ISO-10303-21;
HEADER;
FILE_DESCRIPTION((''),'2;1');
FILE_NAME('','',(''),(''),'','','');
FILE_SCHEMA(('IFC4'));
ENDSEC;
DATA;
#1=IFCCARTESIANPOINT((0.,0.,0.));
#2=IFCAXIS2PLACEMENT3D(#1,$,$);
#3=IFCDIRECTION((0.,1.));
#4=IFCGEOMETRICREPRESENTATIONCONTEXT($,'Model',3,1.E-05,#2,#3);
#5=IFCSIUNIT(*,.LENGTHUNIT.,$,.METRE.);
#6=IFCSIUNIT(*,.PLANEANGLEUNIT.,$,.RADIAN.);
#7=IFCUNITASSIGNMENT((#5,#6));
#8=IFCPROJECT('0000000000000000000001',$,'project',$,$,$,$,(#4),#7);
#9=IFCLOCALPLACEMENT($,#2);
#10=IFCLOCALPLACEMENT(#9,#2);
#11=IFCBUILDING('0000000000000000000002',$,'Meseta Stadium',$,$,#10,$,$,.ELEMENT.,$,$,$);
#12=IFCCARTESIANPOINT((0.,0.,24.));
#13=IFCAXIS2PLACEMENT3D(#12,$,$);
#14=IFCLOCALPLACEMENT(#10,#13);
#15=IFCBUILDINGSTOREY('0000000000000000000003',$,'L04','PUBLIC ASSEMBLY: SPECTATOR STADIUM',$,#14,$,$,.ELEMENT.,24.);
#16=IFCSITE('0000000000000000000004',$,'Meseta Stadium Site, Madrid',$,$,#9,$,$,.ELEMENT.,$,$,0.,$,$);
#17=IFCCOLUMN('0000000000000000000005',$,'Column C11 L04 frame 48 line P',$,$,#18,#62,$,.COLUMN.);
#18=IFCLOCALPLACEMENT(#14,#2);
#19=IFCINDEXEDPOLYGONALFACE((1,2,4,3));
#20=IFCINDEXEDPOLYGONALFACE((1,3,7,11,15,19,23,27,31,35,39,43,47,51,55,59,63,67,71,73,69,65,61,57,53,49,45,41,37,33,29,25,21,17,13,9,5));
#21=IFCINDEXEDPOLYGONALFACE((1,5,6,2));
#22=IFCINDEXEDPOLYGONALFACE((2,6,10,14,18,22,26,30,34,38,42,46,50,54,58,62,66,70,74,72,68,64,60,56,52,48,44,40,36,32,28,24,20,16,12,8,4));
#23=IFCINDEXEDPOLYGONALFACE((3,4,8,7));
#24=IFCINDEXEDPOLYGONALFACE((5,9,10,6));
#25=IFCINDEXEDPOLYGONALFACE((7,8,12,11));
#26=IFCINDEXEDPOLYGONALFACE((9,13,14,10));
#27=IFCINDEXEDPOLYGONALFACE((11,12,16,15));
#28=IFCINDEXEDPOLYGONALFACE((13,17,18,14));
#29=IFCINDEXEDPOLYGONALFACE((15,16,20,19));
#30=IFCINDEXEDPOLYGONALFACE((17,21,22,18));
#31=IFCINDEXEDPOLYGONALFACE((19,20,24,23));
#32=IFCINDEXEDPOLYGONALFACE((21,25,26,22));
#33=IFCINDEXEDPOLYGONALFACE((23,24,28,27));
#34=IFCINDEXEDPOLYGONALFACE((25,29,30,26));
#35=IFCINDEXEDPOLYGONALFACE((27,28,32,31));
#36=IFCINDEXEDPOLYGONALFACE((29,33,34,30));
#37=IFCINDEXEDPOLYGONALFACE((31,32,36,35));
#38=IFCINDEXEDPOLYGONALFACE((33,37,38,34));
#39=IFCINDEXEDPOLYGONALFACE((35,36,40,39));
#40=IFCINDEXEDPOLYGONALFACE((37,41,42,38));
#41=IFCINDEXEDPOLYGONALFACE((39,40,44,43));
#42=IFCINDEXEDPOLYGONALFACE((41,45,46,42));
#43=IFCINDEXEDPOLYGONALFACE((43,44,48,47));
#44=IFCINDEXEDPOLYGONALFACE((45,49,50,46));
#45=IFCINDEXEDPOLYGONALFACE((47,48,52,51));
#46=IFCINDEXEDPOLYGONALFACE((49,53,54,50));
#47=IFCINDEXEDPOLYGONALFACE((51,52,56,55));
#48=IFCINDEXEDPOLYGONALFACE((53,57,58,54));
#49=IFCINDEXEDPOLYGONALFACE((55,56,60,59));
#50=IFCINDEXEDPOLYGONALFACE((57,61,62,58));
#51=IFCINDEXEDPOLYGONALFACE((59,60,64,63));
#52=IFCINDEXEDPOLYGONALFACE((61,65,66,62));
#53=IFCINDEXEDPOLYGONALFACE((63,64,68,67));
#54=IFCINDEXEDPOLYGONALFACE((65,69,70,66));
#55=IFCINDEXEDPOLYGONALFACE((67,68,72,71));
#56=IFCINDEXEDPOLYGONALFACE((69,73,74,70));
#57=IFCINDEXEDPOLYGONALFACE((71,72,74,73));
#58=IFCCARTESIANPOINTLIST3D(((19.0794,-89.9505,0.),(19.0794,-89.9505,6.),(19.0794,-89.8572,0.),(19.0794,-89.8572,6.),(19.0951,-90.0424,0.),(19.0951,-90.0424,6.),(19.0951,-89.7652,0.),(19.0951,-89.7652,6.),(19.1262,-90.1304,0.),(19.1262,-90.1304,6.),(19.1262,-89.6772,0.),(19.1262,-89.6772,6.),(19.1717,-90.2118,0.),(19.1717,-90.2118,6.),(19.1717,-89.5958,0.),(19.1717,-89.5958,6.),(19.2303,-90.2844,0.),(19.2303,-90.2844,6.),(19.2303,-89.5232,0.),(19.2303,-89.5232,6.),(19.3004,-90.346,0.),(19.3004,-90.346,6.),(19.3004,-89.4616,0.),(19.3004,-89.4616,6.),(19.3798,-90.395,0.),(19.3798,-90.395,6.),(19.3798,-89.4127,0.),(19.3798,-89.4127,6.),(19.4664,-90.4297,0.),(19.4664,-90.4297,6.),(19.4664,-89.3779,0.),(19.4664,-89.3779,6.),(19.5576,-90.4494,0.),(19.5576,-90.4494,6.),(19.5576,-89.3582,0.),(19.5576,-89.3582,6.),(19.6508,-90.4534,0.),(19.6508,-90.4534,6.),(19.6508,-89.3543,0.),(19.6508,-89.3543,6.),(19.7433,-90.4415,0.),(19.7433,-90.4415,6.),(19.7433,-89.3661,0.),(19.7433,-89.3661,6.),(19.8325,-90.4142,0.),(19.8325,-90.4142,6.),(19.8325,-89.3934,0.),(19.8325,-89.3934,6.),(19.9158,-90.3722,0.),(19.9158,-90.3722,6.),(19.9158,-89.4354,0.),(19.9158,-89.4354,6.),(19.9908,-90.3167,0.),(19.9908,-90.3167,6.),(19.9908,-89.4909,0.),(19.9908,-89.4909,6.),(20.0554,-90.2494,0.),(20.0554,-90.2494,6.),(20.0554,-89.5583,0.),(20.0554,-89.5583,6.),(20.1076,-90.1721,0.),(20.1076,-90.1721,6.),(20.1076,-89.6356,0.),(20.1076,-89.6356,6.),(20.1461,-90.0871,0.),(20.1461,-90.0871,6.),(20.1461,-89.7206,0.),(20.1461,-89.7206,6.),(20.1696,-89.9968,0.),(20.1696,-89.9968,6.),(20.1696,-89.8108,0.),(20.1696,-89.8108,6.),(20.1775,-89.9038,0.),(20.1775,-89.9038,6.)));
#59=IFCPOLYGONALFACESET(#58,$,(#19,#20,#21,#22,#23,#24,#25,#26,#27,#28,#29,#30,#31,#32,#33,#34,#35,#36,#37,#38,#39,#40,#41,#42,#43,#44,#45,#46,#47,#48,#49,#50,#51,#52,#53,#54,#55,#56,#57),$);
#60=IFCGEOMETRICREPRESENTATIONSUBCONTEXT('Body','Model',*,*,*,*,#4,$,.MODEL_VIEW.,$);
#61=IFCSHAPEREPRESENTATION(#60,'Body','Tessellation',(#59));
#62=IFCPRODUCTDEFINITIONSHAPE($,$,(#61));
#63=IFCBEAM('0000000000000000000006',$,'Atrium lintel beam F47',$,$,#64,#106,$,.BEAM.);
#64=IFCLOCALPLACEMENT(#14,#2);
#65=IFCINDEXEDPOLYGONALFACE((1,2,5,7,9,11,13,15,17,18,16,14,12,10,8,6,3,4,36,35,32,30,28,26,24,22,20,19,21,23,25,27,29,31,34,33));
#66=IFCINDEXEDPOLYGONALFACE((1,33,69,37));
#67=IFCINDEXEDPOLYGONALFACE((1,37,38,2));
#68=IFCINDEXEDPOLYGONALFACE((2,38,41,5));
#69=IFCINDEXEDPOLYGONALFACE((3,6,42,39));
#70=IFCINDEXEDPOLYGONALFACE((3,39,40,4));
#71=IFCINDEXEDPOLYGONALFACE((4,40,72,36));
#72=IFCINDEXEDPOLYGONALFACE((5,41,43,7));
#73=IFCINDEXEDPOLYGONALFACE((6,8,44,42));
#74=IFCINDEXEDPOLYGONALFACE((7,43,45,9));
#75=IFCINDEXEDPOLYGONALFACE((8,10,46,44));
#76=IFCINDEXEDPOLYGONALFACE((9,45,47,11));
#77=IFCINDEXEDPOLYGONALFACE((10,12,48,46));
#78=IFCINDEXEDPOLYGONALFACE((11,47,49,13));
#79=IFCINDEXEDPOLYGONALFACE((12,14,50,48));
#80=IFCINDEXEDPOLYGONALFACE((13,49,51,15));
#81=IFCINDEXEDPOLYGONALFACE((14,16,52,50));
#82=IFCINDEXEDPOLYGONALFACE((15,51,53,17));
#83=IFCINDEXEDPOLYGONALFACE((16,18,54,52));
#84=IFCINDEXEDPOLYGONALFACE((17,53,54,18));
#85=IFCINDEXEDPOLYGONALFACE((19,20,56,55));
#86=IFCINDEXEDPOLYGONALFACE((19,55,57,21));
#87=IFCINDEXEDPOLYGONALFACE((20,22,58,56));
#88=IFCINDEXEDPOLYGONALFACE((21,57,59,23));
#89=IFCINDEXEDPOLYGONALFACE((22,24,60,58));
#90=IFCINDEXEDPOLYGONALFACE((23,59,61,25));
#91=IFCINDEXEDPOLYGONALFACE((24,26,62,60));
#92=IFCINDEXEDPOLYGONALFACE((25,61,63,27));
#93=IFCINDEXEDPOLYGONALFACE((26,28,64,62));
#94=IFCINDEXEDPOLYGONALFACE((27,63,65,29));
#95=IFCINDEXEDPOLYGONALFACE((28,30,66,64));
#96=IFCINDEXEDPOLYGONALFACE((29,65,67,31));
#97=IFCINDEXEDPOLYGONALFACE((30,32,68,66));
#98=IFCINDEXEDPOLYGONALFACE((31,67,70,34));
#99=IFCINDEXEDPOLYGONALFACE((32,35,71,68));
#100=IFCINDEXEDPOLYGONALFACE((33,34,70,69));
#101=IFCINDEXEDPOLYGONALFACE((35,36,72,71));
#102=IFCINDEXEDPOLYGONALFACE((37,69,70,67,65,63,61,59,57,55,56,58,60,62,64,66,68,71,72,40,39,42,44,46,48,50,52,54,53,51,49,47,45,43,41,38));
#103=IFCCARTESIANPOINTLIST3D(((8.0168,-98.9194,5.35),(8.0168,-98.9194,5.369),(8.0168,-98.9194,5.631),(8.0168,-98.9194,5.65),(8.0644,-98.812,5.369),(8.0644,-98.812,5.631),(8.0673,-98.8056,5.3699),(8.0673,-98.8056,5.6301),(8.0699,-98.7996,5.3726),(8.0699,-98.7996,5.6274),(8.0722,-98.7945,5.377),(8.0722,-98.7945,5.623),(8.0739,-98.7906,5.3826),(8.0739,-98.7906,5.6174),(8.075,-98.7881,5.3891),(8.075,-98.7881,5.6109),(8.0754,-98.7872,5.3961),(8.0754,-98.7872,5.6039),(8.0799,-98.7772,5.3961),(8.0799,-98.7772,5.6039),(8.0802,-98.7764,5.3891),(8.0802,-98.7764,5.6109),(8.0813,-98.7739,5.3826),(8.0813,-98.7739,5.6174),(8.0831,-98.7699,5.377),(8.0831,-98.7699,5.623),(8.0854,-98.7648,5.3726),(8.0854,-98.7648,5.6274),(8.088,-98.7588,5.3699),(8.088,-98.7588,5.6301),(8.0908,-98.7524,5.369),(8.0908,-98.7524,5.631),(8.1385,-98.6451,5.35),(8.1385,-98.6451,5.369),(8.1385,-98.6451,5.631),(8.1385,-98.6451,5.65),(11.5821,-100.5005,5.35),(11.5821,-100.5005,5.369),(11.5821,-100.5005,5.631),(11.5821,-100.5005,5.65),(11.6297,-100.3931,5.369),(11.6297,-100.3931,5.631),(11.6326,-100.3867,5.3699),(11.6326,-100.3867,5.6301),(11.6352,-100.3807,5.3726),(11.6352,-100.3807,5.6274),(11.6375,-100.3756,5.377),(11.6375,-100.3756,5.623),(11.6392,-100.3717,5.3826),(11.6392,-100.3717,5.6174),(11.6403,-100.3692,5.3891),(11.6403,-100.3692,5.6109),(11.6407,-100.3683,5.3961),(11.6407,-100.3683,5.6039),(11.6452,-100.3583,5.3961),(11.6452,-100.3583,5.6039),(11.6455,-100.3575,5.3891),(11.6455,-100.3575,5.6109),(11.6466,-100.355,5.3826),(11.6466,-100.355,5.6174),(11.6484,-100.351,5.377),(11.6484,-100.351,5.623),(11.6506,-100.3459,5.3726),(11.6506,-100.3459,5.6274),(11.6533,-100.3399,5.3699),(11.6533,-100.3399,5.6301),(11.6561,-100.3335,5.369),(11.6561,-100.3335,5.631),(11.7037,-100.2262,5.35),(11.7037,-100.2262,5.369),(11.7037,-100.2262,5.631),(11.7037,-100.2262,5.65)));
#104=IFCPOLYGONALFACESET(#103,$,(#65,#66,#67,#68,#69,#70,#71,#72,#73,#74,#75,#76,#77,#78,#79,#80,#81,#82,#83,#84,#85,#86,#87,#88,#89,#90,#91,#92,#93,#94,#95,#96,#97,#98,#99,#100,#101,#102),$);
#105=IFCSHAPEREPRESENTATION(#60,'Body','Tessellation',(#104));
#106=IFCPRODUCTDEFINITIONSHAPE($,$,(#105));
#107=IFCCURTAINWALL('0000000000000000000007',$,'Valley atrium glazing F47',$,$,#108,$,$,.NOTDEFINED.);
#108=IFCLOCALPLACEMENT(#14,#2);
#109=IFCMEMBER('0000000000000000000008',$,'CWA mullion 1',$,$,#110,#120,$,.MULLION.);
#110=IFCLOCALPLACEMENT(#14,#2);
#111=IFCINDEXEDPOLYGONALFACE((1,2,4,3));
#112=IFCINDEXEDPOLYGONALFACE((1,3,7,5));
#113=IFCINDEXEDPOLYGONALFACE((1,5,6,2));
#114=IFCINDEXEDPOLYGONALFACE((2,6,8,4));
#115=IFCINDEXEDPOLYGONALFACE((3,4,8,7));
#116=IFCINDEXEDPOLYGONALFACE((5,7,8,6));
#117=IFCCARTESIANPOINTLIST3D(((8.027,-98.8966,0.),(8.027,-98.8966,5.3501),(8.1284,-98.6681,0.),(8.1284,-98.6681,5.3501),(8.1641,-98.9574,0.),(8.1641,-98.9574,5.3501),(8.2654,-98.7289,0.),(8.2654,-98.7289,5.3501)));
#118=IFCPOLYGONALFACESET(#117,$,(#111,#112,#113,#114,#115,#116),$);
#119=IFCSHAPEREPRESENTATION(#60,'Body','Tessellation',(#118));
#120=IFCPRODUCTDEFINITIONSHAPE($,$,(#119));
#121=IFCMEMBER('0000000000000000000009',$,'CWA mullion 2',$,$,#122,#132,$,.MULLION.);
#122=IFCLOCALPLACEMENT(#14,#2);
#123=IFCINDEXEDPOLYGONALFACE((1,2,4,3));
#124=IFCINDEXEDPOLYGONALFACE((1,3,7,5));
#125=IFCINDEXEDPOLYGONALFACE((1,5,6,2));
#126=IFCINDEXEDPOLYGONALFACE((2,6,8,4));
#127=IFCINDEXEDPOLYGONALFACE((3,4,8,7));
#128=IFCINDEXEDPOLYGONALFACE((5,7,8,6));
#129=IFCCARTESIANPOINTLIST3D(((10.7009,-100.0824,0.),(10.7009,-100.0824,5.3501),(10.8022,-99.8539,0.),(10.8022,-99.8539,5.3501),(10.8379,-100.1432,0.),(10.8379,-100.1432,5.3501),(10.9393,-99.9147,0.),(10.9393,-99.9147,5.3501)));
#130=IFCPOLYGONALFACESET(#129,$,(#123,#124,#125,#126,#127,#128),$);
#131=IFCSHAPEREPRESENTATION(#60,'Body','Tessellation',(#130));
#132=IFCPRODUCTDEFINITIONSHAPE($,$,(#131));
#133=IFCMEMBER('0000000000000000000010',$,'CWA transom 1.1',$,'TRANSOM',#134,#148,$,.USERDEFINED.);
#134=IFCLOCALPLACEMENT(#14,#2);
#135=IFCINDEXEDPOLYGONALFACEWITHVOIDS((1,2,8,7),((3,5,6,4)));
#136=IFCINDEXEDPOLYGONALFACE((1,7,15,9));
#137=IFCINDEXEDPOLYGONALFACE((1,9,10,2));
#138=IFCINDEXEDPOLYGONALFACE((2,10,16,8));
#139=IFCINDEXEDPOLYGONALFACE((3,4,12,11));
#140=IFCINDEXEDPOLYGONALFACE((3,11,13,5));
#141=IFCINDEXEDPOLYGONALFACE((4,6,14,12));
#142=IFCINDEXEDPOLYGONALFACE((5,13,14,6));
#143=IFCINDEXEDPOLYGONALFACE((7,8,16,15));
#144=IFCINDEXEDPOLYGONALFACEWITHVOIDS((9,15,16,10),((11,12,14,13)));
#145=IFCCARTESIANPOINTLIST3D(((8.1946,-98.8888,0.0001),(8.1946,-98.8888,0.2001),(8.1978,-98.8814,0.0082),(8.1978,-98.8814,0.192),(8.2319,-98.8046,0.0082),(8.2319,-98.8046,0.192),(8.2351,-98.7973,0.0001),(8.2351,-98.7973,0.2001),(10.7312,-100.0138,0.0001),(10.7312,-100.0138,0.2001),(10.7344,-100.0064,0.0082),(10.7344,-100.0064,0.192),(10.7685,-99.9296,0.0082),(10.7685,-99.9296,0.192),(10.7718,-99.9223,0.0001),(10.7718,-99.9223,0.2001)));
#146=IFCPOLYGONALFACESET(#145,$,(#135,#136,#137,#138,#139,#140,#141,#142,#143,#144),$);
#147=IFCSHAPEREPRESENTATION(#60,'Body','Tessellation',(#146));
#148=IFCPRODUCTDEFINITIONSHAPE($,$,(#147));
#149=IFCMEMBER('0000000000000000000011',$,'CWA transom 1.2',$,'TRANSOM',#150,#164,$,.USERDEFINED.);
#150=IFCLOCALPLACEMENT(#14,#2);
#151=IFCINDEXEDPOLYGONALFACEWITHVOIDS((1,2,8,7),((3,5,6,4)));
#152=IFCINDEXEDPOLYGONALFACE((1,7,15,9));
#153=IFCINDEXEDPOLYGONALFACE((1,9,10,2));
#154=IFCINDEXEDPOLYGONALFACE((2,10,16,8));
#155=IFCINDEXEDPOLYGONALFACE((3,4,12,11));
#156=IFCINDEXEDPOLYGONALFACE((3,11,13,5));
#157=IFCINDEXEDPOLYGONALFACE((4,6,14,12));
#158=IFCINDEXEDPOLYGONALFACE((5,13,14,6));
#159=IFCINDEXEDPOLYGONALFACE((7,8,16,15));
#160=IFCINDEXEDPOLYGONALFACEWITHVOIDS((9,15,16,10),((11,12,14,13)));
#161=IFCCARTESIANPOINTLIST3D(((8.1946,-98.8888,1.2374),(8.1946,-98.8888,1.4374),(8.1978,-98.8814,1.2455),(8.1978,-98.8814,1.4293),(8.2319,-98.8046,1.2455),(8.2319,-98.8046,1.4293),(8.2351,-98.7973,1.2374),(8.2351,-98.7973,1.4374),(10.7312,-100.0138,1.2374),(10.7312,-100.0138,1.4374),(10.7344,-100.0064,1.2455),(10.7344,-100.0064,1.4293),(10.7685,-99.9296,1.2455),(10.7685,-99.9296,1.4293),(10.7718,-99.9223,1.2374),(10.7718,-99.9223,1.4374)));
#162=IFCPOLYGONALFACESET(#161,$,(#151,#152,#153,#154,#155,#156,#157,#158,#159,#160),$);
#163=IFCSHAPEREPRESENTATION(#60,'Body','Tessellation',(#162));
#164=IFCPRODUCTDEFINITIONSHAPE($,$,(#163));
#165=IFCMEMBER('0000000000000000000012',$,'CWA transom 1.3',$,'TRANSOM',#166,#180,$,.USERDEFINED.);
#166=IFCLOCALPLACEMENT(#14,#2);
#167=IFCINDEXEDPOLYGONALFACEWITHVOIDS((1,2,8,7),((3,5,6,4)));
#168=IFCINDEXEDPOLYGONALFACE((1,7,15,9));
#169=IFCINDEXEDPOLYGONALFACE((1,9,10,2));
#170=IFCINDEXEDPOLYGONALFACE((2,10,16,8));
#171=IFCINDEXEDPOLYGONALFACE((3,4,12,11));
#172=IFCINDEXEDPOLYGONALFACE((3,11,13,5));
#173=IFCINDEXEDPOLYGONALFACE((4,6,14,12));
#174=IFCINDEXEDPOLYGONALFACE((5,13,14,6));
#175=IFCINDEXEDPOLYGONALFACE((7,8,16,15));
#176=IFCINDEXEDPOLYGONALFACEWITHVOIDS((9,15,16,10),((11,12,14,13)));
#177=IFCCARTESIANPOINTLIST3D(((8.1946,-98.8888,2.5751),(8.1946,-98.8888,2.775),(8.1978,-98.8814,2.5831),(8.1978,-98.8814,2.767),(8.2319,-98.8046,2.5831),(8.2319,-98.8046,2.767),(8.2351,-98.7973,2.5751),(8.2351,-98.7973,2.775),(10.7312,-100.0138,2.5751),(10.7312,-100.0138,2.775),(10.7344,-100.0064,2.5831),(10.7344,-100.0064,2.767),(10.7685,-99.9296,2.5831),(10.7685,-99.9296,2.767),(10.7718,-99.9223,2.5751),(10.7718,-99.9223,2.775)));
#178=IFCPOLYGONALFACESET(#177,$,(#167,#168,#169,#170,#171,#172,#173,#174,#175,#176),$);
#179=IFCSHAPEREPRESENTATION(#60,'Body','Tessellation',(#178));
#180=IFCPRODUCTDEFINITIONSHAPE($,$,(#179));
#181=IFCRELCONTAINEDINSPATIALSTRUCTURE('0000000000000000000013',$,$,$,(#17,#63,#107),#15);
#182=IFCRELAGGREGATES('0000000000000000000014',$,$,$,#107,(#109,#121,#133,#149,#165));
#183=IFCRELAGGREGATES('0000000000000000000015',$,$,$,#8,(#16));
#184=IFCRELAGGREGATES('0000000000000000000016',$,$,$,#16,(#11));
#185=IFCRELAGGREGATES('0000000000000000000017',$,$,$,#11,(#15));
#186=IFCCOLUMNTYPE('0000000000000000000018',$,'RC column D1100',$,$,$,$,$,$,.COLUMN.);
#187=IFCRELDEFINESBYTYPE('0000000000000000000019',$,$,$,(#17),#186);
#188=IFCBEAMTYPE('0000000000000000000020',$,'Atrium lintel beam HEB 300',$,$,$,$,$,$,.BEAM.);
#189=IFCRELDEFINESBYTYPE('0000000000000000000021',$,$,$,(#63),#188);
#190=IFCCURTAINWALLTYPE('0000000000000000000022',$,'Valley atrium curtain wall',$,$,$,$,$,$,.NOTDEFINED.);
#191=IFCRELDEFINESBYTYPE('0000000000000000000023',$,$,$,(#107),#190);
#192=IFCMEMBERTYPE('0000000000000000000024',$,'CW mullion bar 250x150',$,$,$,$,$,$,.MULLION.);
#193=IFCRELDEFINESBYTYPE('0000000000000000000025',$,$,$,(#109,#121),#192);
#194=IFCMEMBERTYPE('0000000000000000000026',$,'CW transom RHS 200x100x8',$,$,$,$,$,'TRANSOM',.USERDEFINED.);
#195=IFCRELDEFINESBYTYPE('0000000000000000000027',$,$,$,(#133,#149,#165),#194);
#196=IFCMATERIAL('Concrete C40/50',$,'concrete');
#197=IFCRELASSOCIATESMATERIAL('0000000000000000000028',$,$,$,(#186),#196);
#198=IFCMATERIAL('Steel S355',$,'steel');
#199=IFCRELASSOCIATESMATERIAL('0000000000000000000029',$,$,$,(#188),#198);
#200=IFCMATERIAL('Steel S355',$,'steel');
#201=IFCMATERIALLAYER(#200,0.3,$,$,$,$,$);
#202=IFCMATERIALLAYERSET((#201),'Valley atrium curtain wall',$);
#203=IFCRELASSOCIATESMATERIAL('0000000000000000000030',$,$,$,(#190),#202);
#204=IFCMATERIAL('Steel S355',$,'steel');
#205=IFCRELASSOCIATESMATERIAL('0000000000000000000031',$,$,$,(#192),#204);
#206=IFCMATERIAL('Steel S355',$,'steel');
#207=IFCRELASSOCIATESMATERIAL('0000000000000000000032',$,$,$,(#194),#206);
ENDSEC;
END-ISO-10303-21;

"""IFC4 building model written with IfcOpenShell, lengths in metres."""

from ifc_helpers import new_model, si_unit, direction, frame, origin, origin_2d, place, context, subcontext, project, spatial, rectangle, hollow_rectangle, circle, i_section, extrude, material, layer, layer_set, material_profile, profile_set, type_object, element, aggregate, save


model = new_model("IFC4")

# Units and contexts
model_context = context("Model", 3, precision=1e-05, world=origin(), true_north=direction((0.0, 1.0)))
body_context = subcontext(model_context, "Body", "Model", "MODEL_VIEW")
ifc_project = project(units=[si_unit("LENGTHUNIT", "METRE"), si_unit("PLANEANGLEUNIT", "RADIAN")], contexts=[model_context])

# Site, building, storey
site_placement = place(None, origin())
site = spatial("IfcSite", under=ifc_project, at=site_placement, Name="Meseta Stadium Site, Madrid", CompositionType="ELEMENT", RefElevation=0.0)
building_placement = place(site_placement, origin())
building = spatial("IfcBuilding", under=site, at=building_placement, Name="Meseta Stadium", CompositionType="ELEMENT")
storey_placement = place(building_placement, frame((0.0, 0.0, 24.0)))
storey = spatial("IfcBuildingStorey", under=building, at=storey_placement, Name="L04", Description="PUBLIC ASSEMBLY: SPECTATOR STADIUM", CompositionType="ELEMENT", Elevation=24.0)

# Column
ifc_material_1 = material(Name="Concrete C40/50", Category="concrete")
ifc_material_profile_1 = material_profile(ifc_material_1, circle(Radius=0.55, at=origin_2d()), Name="RC D1100")
ifc_profile_set_1 = profile_set([ifc_material_profile_1], Name="Concrete C40/50")
column_type = type_object("IfcColumnType", Name="RC column D1100", PredefinedType="COLUMN", material=ifc_profile_set_1)
column_placement = place(storey_placement, frame((19.6274, -89.9038, 0.0), z_axis=(0.0, 0.0, 1.0), x_axis=(1.0, 0.0, 0.0)))
element("IfcColumn", 1, at=column_placement, inside=storey, type_object=column_type, Name="Column C11 L04 frame 48 line P", PredefinedType="COLUMN", context=body_context, shape_type="SweptSolid", body=[
    extrude(circle(Radius=0.55, at=origin_2d()), origin(), (0.0, 0.0, 1.0), 6.0),
])

# Beam
ifc_material_2 = material(Name="Steel S355", Category="steel")
ifc_material_profile_2 = material_profile(ifc_material_2, i_section(OverallWidth=0.3, OverallDepth=0.3, WebThickness=0.011, FlangeThickness=0.019, FilletRadius=0.0271, at=origin_2d()), Name="HEB 300")
ifc_profile_set_2 = profile_set([ifc_material_profile_2], Name="Steel S355")
beam_type = type_object("IfcBeamType", Name="Atrium lintel beam HEB 300", PredefinedType="BEAM", material=ifc_profile_set_2)
beam_placement = place(storey_placement, frame((8.0776, -98.7822, 5.5), z_axis=(0.914142, -0.405395, 0.0), x_axis=(0.405395, 0.914142, 0.0)))
element("IfcBeam", 2, at=beam_placement, inside=storey, type_object=beam_type, Name="Atrium lintel beam F47", PredefinedType="BEAM", context=body_context, shape_type="SweptSolid", body=[
    extrude(i_section(OverallWidth=0.3, OverallDepth=0.3, WebThickness=0.011, FlangeThickness=0.019, FilletRadius=0.0271, at=origin_2d()), origin(), (0.0, 0.0, 1.0), 3.9001),
])

# Curtain wall, members
ifc_material_3 = material(Name="Steel S355", Category="steel")
ifc_layer_1 = layer(ifc_material_3, 0.3)
ifc_layer_set_1 = layer_set([ifc_layer_1], Name="Valley atrium curtain wall")
curtain_wall_type = type_object("IfcCurtainWallType", Name="Valley atrium curtain wall", PredefinedType="NOTDEFINED", material=ifc_layer_set_1)
curtain_wall_placement = place(storey_placement, origin())
curtain_wall = element("IfcCurtainWall", 3, at=curtain_wall_placement, inside=storey, type_object=curtain_wall_type, Name="Valley atrium glazing F47", PredefinedType="NOTDEFINED")
ifc_material_4 = material(Name="Steel S355", Category="steel")
ifc_material_profile_3 = material_profile(ifc_material_4, rectangle(XDim=0.25, YDim=0.1499, at=origin_2d()), Name="CW 250x150")
ifc_profile_set_3 = profile_set([ifc_material_profile_3], Name="Steel S355")
member_type_1 = type_object("IfcMemberType", Name="CW mullion bar 250x150", PredefinedType="MULLION", material=ifc_profile_set_3)
member_1_placement = place(storey_placement, frame((8.1462, -98.8127, 0.0), z_axis=(0.0, 0.0, 1.0), x_axis=(0.405401, 0.914139, 0.0)))
member_1 = element("IfcMember", 4, at=member_1_placement, type_object=member_type_1, Name="CWA mullion 1", PredefinedType="MULLION", context=body_context, shape_type="SweptSolid", body=[
    extrude(rectangle(XDim=0.25, YDim=0.1499, at=origin_2d()), origin(), (0.0, 0.0, 1.0), 5.3501),
])
member_2_placement = place(storey_placement, frame((10.8201, -99.9985, 0.0), z_axis=(0.0, 0.0, 1.0), x_axis=(0.405401, 0.914139, 0.0)))
member_2 = element("IfcMember", 5, at=member_2_placement, type_object=member_type_1, Name="CWA mullion 2", PredefinedType="MULLION", context=body_context, shape_type="SweptSolid", body=[
    extrude(rectangle(XDim=0.25, YDim=0.1499, at=origin_2d()), origin(), (0.0, 0.0, 1.0), 5.3501),
])
ifc_material_5 = material(Name="Steel S355", Category="steel")
ifc_material_profile_4 = material_profile(ifc_material_5, hollow_rectangle(XDim=0.1001, YDim=0.2, WallThickness=0.0081, at=origin_2d()), Name="RHS 200x100x8")
ifc_profile_set_4 = profile_set([ifc_material_profile_4], Name="Steel S355")
member_type_2 = type_object("IfcMemberType", Name="CW transom RHS 200x100x8", ElementType="TRANSOM", PredefinedType="USERDEFINED", material=ifc_profile_set_4)
member_3_placement = place(storey_placement, frame((8.2148, -98.843, 0.1001), z_axis=(0.914131, -0.40542, 0.0), x_axis=(0.40542, 0.914131, 0.0)))
member_3 = element("IfcMember", 6, at=member_3_placement, type_object=member_type_2, Name="CWA transom 1.1", ObjectType="TRANSOM", PredefinedType="USERDEFINED", context=body_context, shape_type="SweptSolid", body=[
    extrude(hollow_rectangle(XDim=0.1001, YDim=0.2, WallThickness=0.0081, at=origin_2d()), origin(), (0.0, 0.0, 1.0), 2.7749),
])
member_4_placement = place(storey_placement, frame((8.2148, -98.843, 1.3374), z_axis=(0.914131, -0.40542, 0.0), x_axis=(0.40542, 0.914131, 0.0)))
member_4 = element("IfcMember", 7, at=member_4_placement, type_object=member_type_2, Name="CWA transom 1.2", ObjectType="TRANSOM", PredefinedType="USERDEFINED", context=body_context, shape_type="SweptSolid", body=[
    extrude(hollow_rectangle(XDim=0.1001, YDim=0.2, WallThickness=0.0081, at=origin_2d()), origin(), (0.0, 0.0, 1.0), 2.7749),
])
member_5_placement = place(storey_placement, frame((8.2148, -98.843, 2.675), z_axis=(0.914131, -0.40542, 0.0), x_axis=(0.40542, 0.914131, 0.0)))
member_5 = element("IfcMember", 8, at=member_5_placement, type_object=member_type_2, Name="CWA transom 1.3", ObjectType="TRANSOM", PredefinedType="USERDEFINED", context=body_context, shape_type="SweptSolid", body=[
    extrude(hollow_rectangle(XDim=0.1001, YDim=0.2, WallThickness=0.0081, at=origin_2d()), origin(), (0.0, 0.0, 1.0), 2.7749),
])

aggregate(curtain_wall, [member_1, member_2, member_3, member_4, member_5])

save(model, "model.ifc")
